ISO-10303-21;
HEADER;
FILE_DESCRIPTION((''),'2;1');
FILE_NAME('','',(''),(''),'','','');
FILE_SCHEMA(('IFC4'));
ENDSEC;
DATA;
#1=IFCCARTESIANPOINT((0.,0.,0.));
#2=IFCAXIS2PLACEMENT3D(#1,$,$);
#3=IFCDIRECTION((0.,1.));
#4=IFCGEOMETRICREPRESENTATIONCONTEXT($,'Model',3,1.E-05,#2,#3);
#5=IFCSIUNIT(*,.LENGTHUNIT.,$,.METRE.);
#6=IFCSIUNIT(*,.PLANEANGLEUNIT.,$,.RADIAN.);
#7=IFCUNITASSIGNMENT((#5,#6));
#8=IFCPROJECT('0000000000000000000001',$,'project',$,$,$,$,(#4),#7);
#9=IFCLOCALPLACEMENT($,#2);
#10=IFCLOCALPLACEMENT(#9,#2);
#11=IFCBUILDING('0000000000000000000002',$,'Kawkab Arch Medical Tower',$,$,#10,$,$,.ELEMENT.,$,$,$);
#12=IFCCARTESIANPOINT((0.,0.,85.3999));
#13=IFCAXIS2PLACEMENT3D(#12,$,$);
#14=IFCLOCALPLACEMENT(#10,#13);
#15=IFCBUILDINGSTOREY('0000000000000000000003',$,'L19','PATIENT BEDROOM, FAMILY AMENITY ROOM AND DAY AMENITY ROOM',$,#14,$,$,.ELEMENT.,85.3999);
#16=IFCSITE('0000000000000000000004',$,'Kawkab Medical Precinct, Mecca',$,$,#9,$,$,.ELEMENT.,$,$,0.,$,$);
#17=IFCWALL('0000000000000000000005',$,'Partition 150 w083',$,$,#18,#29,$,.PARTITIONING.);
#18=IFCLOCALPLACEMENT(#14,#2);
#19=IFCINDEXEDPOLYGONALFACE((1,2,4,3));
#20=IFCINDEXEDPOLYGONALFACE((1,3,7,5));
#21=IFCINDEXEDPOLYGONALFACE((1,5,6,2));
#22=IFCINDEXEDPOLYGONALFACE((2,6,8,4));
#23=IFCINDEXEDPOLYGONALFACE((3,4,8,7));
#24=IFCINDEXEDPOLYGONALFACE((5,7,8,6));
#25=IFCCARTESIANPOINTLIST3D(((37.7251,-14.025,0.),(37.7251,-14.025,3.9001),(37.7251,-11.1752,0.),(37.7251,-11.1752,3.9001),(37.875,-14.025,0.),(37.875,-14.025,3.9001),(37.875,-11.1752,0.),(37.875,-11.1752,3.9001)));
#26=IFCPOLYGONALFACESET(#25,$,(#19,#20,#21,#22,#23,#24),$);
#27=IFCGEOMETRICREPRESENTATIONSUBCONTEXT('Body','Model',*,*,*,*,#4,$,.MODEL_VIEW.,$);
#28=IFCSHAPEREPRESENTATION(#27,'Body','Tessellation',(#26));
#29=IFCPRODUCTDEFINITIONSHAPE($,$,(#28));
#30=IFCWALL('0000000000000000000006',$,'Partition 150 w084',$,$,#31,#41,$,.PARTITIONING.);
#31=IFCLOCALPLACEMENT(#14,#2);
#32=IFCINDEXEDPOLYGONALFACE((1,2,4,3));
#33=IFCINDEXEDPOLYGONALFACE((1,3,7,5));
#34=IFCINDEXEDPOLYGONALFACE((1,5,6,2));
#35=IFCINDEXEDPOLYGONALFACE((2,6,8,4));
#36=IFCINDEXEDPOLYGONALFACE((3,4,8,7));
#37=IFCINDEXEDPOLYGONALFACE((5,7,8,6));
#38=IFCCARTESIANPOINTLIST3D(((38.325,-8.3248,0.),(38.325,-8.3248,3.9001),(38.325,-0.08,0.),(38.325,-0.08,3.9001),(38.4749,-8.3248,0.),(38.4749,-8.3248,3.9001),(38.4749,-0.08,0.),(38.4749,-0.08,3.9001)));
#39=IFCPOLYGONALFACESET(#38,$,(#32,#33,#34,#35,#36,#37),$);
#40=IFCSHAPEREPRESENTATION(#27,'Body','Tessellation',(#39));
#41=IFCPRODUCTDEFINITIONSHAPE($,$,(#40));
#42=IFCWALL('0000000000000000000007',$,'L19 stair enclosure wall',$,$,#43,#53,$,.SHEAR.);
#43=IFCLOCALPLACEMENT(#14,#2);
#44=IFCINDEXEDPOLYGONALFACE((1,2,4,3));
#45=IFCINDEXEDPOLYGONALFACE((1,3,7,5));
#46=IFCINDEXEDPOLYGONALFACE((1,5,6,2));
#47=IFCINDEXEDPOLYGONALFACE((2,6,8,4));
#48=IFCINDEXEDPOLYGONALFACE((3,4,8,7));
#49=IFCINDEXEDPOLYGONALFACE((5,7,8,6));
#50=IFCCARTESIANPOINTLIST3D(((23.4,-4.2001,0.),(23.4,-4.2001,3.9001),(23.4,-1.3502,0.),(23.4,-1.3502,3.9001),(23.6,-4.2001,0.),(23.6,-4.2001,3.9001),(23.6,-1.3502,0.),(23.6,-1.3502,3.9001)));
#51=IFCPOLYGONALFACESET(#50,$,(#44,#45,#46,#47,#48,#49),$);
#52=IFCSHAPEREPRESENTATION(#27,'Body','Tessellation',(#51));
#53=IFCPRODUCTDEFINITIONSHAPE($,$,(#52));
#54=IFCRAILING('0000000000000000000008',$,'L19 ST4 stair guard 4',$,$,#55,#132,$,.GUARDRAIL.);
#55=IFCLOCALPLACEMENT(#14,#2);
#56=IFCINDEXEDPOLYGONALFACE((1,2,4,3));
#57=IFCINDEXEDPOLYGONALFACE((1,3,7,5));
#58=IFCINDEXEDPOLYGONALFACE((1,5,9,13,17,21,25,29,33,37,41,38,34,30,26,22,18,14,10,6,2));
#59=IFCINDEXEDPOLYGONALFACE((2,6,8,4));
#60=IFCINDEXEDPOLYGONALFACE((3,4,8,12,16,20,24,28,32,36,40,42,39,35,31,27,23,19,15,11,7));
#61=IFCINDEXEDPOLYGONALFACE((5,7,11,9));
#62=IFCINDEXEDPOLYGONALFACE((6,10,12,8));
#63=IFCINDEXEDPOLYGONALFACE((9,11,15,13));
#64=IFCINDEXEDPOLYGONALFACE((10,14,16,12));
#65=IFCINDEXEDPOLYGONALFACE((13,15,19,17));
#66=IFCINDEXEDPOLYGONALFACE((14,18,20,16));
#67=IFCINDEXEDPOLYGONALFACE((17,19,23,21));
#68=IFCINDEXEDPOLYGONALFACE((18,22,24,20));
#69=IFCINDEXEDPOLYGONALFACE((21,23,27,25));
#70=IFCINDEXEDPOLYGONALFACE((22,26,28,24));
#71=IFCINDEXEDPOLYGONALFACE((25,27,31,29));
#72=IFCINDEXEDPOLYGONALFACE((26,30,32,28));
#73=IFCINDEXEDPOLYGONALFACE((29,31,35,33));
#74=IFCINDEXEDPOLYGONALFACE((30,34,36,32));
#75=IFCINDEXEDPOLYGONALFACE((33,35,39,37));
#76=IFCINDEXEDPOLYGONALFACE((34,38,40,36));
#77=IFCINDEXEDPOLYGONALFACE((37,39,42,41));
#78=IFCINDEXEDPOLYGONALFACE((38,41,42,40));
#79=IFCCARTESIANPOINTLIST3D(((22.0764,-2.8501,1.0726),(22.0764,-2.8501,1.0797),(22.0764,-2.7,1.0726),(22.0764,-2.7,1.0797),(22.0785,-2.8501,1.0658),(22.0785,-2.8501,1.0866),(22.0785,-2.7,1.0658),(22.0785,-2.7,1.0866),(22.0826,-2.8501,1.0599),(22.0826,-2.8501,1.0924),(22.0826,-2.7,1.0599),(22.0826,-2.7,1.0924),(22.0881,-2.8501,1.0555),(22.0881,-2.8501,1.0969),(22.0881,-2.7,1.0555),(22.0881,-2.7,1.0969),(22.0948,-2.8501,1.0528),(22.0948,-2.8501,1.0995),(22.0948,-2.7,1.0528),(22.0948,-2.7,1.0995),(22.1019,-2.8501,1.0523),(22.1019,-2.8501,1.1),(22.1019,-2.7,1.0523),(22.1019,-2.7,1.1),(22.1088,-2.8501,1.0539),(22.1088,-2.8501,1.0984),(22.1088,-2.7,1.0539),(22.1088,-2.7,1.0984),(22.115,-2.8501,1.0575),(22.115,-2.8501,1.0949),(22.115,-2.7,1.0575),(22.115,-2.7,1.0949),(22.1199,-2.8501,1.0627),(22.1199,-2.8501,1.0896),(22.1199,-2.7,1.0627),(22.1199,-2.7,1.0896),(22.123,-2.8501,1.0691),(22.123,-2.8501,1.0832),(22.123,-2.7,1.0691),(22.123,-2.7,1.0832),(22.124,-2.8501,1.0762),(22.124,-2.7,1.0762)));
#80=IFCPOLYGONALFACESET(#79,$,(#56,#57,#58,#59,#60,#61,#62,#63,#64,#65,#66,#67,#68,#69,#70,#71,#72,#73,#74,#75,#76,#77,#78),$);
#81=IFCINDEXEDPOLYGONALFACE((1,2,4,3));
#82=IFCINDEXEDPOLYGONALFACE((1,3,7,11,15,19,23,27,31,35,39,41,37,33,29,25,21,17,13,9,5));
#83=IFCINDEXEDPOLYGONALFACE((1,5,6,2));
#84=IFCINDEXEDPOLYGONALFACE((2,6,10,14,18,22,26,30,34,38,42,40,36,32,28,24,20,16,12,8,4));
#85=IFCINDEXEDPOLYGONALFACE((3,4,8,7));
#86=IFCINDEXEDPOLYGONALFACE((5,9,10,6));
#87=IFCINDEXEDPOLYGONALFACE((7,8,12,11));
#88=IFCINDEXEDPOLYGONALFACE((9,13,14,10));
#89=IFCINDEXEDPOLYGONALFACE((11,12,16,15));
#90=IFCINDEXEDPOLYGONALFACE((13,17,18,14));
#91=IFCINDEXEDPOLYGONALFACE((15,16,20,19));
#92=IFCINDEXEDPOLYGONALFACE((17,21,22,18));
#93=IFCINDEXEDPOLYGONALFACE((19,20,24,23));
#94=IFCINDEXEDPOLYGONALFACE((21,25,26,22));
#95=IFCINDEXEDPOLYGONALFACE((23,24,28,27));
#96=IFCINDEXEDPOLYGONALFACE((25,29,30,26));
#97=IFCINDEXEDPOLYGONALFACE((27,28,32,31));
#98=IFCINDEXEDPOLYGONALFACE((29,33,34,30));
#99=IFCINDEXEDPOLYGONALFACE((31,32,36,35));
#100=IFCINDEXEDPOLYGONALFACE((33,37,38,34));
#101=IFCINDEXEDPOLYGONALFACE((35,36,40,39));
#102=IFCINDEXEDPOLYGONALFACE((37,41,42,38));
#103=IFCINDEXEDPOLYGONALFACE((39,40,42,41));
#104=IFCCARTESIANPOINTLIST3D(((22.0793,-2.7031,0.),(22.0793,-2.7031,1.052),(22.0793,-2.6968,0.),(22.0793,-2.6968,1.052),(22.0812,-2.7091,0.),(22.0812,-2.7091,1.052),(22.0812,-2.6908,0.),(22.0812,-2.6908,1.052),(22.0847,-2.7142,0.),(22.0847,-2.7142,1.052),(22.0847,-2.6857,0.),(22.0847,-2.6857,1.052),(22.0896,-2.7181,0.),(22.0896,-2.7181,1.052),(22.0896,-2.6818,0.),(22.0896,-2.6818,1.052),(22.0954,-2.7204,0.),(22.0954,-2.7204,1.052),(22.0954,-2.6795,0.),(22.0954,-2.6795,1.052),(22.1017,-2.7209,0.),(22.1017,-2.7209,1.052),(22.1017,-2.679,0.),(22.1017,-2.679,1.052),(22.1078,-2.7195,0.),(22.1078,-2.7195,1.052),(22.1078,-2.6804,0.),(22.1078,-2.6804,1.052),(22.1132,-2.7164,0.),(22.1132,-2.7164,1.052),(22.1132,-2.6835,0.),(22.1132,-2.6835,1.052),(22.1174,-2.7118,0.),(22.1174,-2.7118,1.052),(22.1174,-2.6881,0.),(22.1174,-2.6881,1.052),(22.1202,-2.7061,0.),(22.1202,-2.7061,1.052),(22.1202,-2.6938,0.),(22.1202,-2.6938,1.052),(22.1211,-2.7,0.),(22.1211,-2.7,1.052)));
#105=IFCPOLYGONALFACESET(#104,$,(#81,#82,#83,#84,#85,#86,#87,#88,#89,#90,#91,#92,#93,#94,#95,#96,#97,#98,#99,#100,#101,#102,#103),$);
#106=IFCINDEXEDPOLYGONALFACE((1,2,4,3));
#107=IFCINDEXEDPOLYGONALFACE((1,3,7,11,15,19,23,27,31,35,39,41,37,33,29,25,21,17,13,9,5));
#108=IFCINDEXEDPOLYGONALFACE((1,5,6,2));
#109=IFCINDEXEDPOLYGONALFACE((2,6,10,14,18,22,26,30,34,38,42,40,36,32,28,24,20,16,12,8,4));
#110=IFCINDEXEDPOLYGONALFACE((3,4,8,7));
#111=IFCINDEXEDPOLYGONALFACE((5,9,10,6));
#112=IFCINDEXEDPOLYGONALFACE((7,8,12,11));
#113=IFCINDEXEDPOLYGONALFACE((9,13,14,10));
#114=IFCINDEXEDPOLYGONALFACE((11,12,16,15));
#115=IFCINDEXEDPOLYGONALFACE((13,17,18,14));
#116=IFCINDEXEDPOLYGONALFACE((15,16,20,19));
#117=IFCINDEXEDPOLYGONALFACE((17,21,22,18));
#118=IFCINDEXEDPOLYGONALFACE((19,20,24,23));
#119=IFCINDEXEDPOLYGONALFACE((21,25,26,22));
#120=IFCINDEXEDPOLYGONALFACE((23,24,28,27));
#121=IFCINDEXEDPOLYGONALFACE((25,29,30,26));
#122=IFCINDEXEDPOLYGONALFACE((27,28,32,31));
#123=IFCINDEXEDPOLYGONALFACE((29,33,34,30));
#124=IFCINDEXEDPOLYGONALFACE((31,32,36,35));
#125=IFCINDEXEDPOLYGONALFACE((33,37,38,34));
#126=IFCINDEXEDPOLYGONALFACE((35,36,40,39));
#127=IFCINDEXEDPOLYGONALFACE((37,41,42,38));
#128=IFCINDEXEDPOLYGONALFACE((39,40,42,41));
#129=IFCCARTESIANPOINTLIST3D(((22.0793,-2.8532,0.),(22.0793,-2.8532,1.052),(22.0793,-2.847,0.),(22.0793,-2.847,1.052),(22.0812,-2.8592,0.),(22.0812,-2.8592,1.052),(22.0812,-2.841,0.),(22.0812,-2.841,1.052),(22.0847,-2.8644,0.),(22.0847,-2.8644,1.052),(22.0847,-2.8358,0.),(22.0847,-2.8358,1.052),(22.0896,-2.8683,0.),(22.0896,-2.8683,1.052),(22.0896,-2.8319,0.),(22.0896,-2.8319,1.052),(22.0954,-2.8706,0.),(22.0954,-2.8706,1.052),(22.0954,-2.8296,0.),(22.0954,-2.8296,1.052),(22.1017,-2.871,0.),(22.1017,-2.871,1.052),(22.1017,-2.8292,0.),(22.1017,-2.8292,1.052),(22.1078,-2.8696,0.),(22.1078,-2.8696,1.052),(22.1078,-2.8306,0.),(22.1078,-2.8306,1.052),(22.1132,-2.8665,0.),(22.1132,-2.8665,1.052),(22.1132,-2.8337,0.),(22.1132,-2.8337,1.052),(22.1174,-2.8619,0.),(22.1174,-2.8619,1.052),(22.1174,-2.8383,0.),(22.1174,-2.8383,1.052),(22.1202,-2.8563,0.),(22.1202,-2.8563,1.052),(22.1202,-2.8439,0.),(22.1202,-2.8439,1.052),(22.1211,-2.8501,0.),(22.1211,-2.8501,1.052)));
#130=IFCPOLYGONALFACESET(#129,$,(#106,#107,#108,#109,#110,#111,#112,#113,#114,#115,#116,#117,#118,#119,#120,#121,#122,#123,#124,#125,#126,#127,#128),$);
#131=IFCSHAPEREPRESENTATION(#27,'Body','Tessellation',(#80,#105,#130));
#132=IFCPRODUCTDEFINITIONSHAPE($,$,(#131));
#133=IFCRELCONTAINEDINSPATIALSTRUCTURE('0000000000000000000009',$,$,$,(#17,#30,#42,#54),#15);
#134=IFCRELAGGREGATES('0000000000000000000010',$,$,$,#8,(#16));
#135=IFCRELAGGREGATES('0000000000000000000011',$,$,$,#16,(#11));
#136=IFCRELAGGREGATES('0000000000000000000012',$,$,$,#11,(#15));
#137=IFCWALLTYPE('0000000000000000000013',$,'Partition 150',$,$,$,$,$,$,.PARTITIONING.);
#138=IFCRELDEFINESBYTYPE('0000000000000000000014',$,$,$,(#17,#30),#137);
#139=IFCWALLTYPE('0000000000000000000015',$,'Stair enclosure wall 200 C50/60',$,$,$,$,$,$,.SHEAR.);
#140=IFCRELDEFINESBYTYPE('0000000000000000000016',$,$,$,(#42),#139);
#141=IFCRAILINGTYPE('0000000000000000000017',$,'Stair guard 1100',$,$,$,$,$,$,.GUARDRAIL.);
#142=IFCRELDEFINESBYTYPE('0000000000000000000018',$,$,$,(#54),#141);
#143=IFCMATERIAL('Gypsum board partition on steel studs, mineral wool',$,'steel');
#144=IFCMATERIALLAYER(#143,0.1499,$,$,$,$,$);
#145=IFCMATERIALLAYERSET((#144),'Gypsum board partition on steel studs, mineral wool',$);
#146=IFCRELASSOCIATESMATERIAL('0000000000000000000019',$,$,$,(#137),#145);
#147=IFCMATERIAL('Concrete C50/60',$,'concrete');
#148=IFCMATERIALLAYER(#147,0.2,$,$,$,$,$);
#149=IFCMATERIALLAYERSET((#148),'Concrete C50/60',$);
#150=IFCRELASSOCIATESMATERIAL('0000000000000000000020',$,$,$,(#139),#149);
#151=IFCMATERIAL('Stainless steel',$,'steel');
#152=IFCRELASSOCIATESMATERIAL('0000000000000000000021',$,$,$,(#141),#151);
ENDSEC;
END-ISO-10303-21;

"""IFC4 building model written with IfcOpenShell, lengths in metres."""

from ifc_helpers import new_model, si_unit, direction, frame, frame_2d, origin, origin_2d, place, context, subcontext, project, spatial, rectangle, circle, extrude, material, layer, layer_set, type_object, element, save


model = new_model("IFC4")

# Units and contexts
model_context = context("Model", 3, precision=1e-05, world=origin(), true_north=direction((0.0, 1.0)))
body_context = subcontext(model_context, "Body", "Model", "MODEL_VIEW")
ifc_project = project(units=[si_unit("LENGTHUNIT", "METRE"), si_unit("PLANEANGLEUNIT", "RADIAN")], contexts=[model_context])

# Site, building, storey
site_placement = place(None, origin())
site = spatial("IfcSite", under=ifc_project, at=site_placement, Name="Kawkab Medical Precinct, Mecca", CompositionType="ELEMENT", RefElevation=0.0)
building_placement = place(site_placement, origin())
building = spatial("IfcBuilding", under=site, at=building_placement, Name="Kawkab Arch Medical Tower", CompositionType="ELEMENT")
storey_placement = place(building_placement, frame((0.0, 0.0, 85.3999)))
storey = spatial("IfcBuildingStorey", under=building, at=storey_placement, Name="L19", Description="PATIENT BEDROOM, FAMILY AMENITY ROOM AND DAY AMENITY ROOM", CompositionType="ELEMENT", Elevation=85.3999)

# Shared definitions
ifc_material_1 = material(Name="Gypsum board partition on steel studs, mineral wool", Category="steel")
ifc_layer_1 = layer(ifc_material_1, 0.1499)
ifc_layer_set_1 = layer_set([ifc_layer_1], Name="Gypsum board partition on steel studs, mineral wool")
wall_type_1 = type_object("IfcWallType", Name="Partition 150", PredefinedType="PARTITIONING", material=ifc_layer_set_1)

# Walls
wall_1_placement = place(storey_placement, frame((37.8, -14.0249, 0.0), z_axis=(0.0, 0.0, 1.0), x_axis=(0.0, 1.0, 0.0)))
element("IfcWall", 1, at=wall_1_placement, inside=storey, type_object=wall_type_1, Name="Partition 150 w083", PredefinedType="PARTITIONING", context=body_context, shape_type="SweptSolid", body=[
    extrude(rectangle(XDim=2.8499, YDim=0.1499, at=frame_2d((1.4248, 0.0))), origin(), (0.0, 0.0, 1.0), 3.9001),
])
wall_2_placement = place(storey_placement, frame((38.3999, -8.325, 0.0), z_axis=(0.0, 0.0, 1.0), x_axis=(0.0, 1.0, 0.0)))
element("IfcWall", 2, at=wall_2_placement, inside=storey, type_object=wall_type_1, Name="Partition 150 w084", PredefinedType="PARTITIONING", context=body_context, shape_type="SweptSolid", body=[
    extrude(rectangle(XDim=8.2449, YDim=0.1499, at=frame_2d((4.1226, 0.0))), origin(), (0.0, 0.0, 1.0), 3.9001),
])
ifc_material_2 = material(Name="Concrete C50/60", Category="concrete")
ifc_layer_2 = layer(ifc_material_2, 0.2)
ifc_layer_set_2 = layer_set([ifc_layer_2], Name="Concrete C50/60")
wall_type_2 = type_object("IfcWallType", Name="Stair enclosure wall 200 C50/60", PredefinedType="SHEAR", material=ifc_layer_set_2)
wall_3_placement = place(storey_placement, frame((23.5, -4.2, 0.0), z_axis=(0.0, 0.0, 1.0), x_axis=(0.0, 1.0, 0.0)))
element("IfcWall", 3, at=wall_3_placement, inside=storey, type_object=wall_type_2, Name="L19 stair enclosure wall", PredefinedType="SHEAR", context=body_context, shape_type="SweptSolid", body=[
    extrude(rectangle(XDim=2.8499, YDim=0.2, at=frame_2d((1.4248, 0.0))), origin(), (0.0, 0.0, 1.0), 3.9001),
])

# Railing
ifc_material_3 = material(Name="Stainless steel", Category="steel")
railing_type = type_object("IfcRailingType", Name="Stair guard 1100", PredefinedType="GUARDRAIL", material=ifc_material_3)
railing_placement = place(storey_placement, frame((22.1001, -2.7, 0.0)))
element("IfcRailing", 4, at=railing_placement, inside=storey, type_object=railing_type, Name="L19 ST4 stair guard 4", PredefinedType="GUARDRAIL", context=body_context, shape_type="SweptSolid", body=[
    extrude(circle(Radius=0.0239, at=origin_2d()), frame((0.0, 0.0, 1.0762), z_axis=(0.0, -1.0, 0.0), x_axis=(1.0, 0.0, 0.0)), (0.0, 0.0, 1.0), 0.1501),
    extrude(circle(Radius=0.021, at=origin_2d()), origin(), (0.0, 0.0, 1.0), 1.052),
    extrude(circle(Radius=0.021, at=origin_2d()), frame((0.0, -0.1501, 0.0)), (0.0, 0.0, 1.0), 1.052),
])

save(model, "model.ifc")
